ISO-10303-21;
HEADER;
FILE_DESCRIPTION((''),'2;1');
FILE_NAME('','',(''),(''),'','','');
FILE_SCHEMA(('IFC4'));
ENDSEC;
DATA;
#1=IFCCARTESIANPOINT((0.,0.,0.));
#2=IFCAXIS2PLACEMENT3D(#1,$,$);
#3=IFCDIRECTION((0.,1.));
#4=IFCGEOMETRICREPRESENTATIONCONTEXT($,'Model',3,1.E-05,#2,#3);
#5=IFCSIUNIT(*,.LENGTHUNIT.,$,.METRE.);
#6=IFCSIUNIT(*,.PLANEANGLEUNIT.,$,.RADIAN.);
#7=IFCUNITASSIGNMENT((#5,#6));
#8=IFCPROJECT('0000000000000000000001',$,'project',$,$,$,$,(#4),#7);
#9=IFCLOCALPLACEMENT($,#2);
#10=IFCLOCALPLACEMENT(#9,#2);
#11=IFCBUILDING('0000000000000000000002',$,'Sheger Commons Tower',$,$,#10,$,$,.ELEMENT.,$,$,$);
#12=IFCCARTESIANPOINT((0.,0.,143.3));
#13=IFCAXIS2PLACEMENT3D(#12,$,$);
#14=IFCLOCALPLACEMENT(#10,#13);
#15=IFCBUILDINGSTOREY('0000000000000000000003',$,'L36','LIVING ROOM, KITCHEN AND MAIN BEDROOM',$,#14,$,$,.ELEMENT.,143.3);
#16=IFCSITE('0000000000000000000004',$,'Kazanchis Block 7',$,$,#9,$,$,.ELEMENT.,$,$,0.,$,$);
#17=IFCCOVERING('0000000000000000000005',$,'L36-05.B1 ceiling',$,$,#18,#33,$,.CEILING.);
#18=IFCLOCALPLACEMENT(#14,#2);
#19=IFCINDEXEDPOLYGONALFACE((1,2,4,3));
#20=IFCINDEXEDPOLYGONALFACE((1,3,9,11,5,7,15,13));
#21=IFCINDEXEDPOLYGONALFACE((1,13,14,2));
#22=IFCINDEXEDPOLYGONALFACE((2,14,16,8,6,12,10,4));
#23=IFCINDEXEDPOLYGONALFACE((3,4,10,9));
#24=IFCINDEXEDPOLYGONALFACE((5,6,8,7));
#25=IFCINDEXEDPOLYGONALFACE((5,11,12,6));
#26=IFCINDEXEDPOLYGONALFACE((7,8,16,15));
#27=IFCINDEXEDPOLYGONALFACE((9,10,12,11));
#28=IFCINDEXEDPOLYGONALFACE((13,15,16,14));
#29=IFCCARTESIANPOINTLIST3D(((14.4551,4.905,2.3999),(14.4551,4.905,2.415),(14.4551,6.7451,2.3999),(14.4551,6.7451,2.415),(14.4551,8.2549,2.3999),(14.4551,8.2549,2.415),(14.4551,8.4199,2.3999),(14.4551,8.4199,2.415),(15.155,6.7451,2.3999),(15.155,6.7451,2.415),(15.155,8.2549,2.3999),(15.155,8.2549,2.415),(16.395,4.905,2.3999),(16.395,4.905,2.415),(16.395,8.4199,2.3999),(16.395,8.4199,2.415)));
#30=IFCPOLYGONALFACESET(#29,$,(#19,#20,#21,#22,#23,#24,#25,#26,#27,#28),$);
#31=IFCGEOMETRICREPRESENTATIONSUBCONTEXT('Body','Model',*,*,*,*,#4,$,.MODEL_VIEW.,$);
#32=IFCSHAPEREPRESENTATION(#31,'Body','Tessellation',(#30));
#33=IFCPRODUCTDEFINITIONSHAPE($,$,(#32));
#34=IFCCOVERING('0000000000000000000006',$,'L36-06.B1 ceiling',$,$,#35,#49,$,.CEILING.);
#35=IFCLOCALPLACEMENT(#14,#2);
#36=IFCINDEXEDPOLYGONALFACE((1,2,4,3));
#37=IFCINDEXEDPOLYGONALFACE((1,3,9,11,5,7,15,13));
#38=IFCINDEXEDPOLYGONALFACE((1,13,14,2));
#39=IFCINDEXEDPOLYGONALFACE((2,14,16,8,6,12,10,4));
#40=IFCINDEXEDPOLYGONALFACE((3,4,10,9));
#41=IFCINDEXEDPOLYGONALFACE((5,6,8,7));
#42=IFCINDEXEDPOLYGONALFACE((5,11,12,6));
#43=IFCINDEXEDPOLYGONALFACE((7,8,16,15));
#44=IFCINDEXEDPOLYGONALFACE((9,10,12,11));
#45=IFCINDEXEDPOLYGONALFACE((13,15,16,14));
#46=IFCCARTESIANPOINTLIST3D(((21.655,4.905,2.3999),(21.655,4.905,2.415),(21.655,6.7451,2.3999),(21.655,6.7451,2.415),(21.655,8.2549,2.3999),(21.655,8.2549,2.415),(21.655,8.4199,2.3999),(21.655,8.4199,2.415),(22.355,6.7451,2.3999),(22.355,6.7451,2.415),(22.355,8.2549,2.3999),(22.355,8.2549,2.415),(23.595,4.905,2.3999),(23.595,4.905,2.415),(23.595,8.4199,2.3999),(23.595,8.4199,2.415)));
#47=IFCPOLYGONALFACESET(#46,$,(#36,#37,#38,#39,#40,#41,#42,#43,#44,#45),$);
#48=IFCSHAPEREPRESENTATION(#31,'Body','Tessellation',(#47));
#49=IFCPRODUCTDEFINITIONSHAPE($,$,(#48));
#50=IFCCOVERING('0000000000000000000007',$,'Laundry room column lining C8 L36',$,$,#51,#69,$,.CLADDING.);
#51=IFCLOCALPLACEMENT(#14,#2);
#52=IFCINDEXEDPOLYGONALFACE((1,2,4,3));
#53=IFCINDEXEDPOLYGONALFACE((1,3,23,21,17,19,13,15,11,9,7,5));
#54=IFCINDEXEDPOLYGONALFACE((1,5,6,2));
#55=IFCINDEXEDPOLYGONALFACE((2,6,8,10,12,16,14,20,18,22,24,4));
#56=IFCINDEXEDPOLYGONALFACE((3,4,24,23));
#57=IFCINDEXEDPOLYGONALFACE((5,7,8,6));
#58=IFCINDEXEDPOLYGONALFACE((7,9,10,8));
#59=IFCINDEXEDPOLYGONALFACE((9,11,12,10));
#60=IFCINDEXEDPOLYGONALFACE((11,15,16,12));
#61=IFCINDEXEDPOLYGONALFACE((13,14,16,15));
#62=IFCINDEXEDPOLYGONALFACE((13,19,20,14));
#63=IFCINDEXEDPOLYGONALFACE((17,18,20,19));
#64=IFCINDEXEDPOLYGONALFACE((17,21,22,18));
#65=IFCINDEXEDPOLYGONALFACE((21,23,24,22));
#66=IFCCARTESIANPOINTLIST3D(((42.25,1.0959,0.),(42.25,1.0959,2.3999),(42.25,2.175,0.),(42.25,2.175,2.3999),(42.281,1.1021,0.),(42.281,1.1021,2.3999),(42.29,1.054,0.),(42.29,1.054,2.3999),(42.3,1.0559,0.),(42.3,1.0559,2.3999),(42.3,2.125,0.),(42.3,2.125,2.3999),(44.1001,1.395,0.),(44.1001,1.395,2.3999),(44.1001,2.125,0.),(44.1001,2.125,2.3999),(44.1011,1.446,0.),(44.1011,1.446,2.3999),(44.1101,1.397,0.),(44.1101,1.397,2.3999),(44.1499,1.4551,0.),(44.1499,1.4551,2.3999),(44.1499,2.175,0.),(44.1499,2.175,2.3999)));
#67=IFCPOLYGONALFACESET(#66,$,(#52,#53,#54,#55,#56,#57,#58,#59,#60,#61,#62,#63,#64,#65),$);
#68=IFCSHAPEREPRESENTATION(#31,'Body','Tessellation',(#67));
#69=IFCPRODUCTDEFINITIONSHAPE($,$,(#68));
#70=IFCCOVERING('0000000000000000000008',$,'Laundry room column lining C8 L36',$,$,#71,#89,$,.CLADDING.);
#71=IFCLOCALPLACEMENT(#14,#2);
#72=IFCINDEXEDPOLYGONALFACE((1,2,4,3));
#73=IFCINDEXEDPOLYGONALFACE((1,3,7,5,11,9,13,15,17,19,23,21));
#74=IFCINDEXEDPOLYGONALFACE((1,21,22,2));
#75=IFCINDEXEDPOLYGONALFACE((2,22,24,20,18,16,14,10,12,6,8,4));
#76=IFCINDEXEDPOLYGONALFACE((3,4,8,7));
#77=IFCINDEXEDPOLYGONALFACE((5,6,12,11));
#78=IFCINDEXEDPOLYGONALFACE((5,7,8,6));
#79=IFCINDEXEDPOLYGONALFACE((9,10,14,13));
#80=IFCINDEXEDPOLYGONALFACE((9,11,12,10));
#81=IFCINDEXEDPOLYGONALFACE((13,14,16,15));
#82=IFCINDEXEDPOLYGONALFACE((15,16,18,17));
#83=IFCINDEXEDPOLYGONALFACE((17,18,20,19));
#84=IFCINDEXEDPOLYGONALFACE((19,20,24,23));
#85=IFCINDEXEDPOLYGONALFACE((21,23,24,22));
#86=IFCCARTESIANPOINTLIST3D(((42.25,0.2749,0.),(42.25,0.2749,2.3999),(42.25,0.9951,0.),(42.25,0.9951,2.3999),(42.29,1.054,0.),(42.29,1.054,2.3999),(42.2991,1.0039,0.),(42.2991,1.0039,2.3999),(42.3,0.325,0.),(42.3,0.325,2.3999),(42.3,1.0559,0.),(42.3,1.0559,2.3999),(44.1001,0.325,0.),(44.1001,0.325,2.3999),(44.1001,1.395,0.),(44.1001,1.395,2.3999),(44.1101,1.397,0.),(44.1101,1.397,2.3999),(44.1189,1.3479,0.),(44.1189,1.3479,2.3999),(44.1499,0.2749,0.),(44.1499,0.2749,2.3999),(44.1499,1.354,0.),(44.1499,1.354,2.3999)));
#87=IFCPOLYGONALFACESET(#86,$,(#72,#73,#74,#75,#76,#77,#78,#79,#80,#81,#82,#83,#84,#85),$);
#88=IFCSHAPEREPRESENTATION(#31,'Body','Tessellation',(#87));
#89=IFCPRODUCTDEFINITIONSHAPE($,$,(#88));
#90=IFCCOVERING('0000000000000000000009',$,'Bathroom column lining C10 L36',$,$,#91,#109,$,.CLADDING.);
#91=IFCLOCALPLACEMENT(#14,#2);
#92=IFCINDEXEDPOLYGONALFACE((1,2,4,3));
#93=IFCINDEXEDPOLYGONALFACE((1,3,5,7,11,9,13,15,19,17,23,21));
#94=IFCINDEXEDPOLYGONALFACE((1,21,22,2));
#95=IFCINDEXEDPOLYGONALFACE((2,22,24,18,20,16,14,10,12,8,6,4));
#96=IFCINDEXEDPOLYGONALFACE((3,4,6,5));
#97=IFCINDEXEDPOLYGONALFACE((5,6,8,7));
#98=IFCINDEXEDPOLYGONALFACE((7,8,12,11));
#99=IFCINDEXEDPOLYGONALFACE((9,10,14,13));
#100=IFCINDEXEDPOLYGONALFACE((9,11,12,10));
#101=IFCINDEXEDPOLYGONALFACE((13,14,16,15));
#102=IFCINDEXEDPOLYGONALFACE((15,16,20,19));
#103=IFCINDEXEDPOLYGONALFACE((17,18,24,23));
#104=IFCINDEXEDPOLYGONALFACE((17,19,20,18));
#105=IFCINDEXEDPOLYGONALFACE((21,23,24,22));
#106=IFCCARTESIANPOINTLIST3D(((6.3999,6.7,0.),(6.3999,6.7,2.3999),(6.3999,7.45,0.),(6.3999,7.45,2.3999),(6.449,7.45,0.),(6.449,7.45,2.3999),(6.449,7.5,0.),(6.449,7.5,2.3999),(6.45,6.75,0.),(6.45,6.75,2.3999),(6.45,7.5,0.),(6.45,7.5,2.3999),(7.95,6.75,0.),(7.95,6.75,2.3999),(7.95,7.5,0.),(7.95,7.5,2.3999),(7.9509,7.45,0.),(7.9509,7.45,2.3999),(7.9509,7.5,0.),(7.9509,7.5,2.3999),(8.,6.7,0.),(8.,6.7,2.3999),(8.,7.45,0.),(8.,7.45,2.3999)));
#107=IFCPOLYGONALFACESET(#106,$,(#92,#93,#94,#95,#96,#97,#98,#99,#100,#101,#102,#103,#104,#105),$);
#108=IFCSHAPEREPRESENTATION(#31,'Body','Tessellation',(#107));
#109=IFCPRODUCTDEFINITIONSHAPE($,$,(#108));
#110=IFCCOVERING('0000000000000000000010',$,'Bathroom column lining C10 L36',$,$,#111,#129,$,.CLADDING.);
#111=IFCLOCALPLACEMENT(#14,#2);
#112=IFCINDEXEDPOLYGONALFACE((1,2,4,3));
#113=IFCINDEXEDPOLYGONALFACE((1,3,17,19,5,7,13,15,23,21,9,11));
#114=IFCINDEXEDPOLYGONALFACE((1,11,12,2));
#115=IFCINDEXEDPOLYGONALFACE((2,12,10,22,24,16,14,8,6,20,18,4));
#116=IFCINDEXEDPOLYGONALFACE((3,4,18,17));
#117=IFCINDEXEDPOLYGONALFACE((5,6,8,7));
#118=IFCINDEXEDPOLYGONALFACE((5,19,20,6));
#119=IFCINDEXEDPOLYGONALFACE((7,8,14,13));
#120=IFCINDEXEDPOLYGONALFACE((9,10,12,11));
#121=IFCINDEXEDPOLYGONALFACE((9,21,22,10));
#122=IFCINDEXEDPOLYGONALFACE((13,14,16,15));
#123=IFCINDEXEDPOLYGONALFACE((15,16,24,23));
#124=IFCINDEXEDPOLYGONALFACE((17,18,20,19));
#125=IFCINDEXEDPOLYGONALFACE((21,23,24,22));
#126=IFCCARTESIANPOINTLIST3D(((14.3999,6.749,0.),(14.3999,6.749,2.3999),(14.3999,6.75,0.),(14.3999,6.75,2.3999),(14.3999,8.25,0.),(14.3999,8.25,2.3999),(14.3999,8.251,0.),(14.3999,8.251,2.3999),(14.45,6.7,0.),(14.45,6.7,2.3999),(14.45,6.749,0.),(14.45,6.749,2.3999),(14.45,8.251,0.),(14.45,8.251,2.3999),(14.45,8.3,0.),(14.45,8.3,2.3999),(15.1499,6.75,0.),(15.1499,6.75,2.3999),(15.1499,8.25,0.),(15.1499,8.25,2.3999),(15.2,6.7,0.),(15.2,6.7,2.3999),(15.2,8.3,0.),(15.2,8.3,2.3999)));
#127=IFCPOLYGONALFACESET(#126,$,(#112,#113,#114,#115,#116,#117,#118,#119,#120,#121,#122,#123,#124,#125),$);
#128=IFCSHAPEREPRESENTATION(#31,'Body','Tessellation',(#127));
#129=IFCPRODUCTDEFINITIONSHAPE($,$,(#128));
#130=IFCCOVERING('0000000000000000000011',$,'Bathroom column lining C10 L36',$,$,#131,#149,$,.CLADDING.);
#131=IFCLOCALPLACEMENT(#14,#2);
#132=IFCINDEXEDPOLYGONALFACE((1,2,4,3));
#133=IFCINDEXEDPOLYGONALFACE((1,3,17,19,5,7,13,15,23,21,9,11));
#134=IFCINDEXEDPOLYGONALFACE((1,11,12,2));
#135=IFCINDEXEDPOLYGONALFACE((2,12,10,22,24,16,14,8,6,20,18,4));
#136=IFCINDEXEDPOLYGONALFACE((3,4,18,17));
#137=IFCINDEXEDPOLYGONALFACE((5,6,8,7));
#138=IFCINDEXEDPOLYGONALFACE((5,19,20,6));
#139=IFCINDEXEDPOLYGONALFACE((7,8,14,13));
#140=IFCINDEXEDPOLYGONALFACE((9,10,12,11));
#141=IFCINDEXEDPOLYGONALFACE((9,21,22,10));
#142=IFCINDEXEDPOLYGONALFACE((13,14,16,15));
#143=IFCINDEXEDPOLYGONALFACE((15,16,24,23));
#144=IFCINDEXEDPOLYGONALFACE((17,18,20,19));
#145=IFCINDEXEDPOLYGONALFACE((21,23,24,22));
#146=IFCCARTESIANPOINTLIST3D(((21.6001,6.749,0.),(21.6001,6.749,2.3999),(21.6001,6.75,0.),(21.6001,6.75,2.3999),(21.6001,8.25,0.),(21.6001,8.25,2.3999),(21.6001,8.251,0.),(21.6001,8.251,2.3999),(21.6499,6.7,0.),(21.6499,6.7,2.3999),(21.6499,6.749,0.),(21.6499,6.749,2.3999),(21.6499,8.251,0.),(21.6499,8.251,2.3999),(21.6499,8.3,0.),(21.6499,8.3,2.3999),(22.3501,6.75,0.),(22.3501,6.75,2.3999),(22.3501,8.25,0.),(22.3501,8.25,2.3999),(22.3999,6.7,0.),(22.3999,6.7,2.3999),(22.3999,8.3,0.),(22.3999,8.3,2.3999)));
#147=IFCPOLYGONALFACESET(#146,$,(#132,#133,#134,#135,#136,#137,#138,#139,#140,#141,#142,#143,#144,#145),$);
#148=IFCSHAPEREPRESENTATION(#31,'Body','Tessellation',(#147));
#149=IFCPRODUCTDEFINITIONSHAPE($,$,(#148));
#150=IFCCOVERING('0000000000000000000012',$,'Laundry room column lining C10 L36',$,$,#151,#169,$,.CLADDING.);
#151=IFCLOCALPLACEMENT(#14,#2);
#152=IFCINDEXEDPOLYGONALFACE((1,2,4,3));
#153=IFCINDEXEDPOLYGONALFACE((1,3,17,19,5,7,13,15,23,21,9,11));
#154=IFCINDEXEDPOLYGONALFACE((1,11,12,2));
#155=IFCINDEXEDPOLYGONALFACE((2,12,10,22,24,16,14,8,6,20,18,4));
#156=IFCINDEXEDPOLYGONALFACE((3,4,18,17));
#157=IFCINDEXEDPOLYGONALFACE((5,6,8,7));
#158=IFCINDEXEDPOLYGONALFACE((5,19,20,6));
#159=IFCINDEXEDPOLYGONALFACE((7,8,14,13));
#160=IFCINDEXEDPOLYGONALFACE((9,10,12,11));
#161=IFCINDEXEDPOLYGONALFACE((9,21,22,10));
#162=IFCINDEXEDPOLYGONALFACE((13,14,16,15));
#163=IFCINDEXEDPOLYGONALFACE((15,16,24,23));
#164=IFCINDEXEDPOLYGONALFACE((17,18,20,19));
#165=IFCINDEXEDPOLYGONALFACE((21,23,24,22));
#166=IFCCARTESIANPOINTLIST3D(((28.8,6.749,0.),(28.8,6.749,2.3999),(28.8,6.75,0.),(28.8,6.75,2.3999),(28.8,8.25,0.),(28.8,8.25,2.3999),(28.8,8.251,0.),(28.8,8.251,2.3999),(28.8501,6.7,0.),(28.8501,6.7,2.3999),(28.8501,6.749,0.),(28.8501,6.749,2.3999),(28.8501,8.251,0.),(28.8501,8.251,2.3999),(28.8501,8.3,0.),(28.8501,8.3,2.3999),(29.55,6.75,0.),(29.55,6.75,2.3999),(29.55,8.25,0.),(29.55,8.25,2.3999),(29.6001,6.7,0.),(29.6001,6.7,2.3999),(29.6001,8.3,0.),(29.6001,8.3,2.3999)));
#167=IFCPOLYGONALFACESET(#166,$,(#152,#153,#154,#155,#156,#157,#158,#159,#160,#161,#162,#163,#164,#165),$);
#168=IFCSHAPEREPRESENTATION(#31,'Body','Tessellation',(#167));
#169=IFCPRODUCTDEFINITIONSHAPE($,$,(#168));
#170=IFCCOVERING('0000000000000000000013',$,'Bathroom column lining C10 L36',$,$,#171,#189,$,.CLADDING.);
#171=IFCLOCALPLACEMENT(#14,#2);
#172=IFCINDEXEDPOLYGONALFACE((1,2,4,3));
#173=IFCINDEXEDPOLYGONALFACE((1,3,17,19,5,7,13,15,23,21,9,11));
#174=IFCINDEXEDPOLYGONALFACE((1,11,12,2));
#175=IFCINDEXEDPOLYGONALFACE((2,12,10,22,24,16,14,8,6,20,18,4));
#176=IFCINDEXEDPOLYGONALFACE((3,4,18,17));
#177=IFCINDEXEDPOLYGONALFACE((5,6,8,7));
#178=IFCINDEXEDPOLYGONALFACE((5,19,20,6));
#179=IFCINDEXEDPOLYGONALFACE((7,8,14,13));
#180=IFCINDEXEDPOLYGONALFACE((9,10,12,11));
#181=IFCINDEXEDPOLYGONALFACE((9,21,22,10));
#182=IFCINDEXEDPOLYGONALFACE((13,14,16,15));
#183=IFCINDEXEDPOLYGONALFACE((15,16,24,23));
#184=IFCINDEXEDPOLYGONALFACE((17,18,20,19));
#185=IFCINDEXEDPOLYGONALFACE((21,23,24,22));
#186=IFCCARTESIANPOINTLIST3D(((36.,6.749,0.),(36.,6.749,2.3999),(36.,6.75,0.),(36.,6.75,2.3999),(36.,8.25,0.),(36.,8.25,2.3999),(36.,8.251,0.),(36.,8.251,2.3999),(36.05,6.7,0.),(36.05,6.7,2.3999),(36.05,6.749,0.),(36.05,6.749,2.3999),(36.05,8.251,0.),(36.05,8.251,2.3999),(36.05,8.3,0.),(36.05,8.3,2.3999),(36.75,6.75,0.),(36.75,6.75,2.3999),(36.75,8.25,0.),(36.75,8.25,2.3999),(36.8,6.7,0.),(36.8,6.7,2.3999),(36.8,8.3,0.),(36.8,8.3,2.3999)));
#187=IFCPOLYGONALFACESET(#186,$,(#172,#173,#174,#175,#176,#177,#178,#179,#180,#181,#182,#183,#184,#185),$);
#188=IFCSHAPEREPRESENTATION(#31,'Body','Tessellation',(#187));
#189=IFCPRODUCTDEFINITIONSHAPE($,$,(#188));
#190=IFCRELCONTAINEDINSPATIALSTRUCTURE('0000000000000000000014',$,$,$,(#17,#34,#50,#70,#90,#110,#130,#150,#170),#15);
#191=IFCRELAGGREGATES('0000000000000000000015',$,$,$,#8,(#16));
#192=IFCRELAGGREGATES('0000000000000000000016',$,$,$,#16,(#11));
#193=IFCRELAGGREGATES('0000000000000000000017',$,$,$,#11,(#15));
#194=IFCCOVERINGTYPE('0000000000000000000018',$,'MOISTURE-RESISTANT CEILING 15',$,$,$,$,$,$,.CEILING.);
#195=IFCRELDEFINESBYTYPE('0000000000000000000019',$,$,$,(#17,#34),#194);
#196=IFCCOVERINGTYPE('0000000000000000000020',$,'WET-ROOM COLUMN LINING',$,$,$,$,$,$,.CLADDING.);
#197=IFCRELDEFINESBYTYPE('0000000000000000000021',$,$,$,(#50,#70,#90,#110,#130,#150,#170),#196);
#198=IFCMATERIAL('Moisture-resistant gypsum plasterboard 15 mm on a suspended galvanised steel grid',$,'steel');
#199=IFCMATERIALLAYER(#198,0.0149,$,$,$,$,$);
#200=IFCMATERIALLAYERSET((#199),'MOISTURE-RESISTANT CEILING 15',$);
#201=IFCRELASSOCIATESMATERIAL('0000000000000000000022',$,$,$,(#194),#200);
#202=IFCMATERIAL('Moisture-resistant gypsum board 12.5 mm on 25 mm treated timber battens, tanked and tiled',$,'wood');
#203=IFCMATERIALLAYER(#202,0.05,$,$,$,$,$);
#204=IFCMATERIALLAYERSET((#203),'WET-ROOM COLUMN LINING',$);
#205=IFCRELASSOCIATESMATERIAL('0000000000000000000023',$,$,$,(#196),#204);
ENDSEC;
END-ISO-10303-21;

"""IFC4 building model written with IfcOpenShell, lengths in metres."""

from ifc_helpers import new_model, si_unit, direction, frame, origin, place, context, subcontext, project, spatial, polyline, outline, extrude, material, layer, layer_set, type_object, element, save


model = new_model("IFC4")

# Units and contexts
model_context = context("Model", 3, precision=1e-05, world=origin(), true_north=direction((0.0, 1.0)))
body_context = subcontext(model_context, "Body", "Model", "MODEL_VIEW")
ifc_project = project(units=[si_unit("LENGTHUNIT", "METRE"), si_unit("PLANEANGLEUNIT", "RADIAN")], contexts=[model_context])

# Site, building, storey
site_placement = place(None, origin())
site = spatial("IfcSite", under=ifc_project, at=site_placement, Name="Kazanchis Block 7", CompositionType="ELEMENT", RefElevation=0.0)
building_placement = place(site_placement, origin())
building = spatial("IfcBuilding", under=site, at=building_placement, Name="Sheger Commons Tower", CompositionType="ELEMENT")
storey_placement = place(building_placement, frame((0.0, 0.0, 143.3)))
storey = spatial("IfcBuildingStorey", under=building, at=storey_placement, Name="L36", Description="LIVING ROOM, KITCHEN AND MAIN BEDROOM", CompositionType="ELEMENT", Elevation=143.3)

# Coverings
ifc_material_1 = material(Name="Moisture-resistant gypsum plasterboard 15 mm on a suspended galvanised steel grid", Category="steel")
ifc_layer_1 = layer(ifc_material_1, 0.0149)
ifc_layer_set_1 = layer_set([ifc_layer_1], Name="MOISTURE-RESISTANT CEILING 15")
covering_type_1 = type_object("IfcCoveringType", Name="MOISTURE-RESISTANT CEILING 15", PredefinedType="CEILING", material=ifc_layer_set_1)
covering_1_placement = place(storey_placement, frame((0.0, 0.0, 2.3999)))
element("IfcCovering", 1, at=covering_1_placement, inside=storey, type_object=covering_type_1, Name="L36-05.B1 ceiling", PredefinedType="CEILING", context=body_context, shape_type="SweptSolid", body=[
    extrude(outline(polyline([(14.4551, 4.905), (16.395, 4.905), (16.395, 8.4199), (14.4551, 8.4199), (14.4551, 8.2549), (15.155, 8.2549), (15.155, 6.7451), (14.4551, 6.7451), (14.4551, 4.905)])), origin(), (0.0, 0.0, 1.0), 0.0151),
])
covering_2_placement = place(storey_placement, frame((0.0, 0.0, 2.3999)))
element("IfcCovering", 2, at=covering_2_placement, inside=storey, type_object=covering_type_1, Name="L36-06.B1 ceiling", PredefinedType="CEILING", context=body_context, shape_type="SweptSolid", body=[
    extrude(outline(polyline([(21.655, 4.905), (23.595, 4.905), (23.595, 8.4199), (21.655, 8.4199), (21.655, 8.2549), (22.355, 8.2549), (22.355, 6.7451), (21.655, 6.7451), (21.655, 4.905)])), origin(), (0.0, 0.0, 1.0), 0.0151),
])
ifc_material_2 = material(Name="Moisture-resistant gypsum board 12.5 mm on 25 mm treated timber battens, tanked and tiled", Category="wood")
ifc_layer_2 = layer(ifc_material_2, 0.05)
ifc_layer_set_2 = layer_set([ifc_layer_2], Name="WET-ROOM COLUMN LINING")
covering_type_2 = type_object("IfcCoveringType", Name="WET-ROOM COLUMN LINING", PredefinedType="CLADDING", material=ifc_layer_set_2)
covering_3_placement = place(storey_placement, origin())
element("IfcCovering", 3, at=covering_3_placement, inside=storey, type_object=covering_type_2, Name="Laundry room column lining C8 L36", PredefinedType="CLADDING", context=body_context, shape_type="SweptSolid", body=[
    extrude(outline(polyline([(44.1499, 2.175), (44.1499, 1.4551), (44.1011, 1.446), (44.1101, 1.397), (44.1001, 1.395), (44.1001, 2.125), (42.3, 2.125), (42.3, 1.0559), (42.29, 1.054), (42.281, 1.1021), (42.25, 1.0959), (42.25, 2.175), (44.1499, 2.175)])), origin(), (0.0, 0.0, 1.0), 2.3999),
])
covering_4_placement = place(storey_placement, origin())
element("IfcCovering", 4, at=covering_4_placement, inside=storey, type_object=covering_type_2, Name="Laundry room column lining C8 L36", PredefinedType="CLADDING", context=body_context, shape_type="SweptSolid", body=[
    extrude(outline(polyline([(42.3, 1.0559), (42.3, 0.325), (44.1001, 0.325), (44.1001, 1.395), (44.1101, 1.397), (44.1189, 1.3479), (44.1499, 1.354), (44.1499, 0.2749), (42.25, 0.2749), (42.25, 0.9951), (42.2991, 1.0039), (42.29, 1.054), (42.3, 1.0559)])), origin(), (0.0, 0.0, 1.0), 2.3999),
])
covering_5_placement = place(storey_placement, origin())
element("IfcCovering", 5, at=covering_5_placement, inside=storey, type_object=covering_type_2, Name="Bathroom column lining C10 L36", PredefinedType="CLADDING", context=body_context, shape_type="SweptSolid", body=[
    extrude(outline(polyline([(6.45, 7.5), (6.45, 6.75), (7.95, 6.75), (7.95, 7.5), (7.9509, 7.5), (7.9509, 7.45), (8.0, 7.45), (8.0, 6.7), (6.3999, 6.7), (6.3999, 7.45), (6.449, 7.45), (6.449, 7.5), (6.45, 7.5)])), origin(), (0.0, 0.0, 1.0), 2.3999),
])
covering_6_placement = place(storey_placement, origin())
element("IfcCovering", 6, at=covering_6_placement, inside=storey, type_object=covering_type_2, Name="Bathroom column lining C10 L36", PredefinedType="CLADDING", context=body_context, shape_type="SweptSolid", body=[
    extrude(outline(polyline([(15.2, 6.7), (14.45, 6.7), (14.45, 6.749), (14.3999, 6.749), (14.3999, 6.75), (15.1499, 6.75), (15.1499, 8.25), (14.3999, 8.25), (14.3999, 8.251), (14.45, 8.251), (14.45, 8.3), (15.2, 8.3), (15.2, 6.7)])), origin(), (0.0, 0.0, 1.0), 2.3999),
])
covering_7_placement = place(storey_placement, origin())
element("IfcCovering", 7, at=covering_7_placement, inside=storey, type_object=covering_type_2, Name="Bathroom column lining C10 L36", PredefinedType="CLADDING", context=body_context, shape_type="SweptSolid", body=[
    extrude(outline(polyline([(22.3999, 6.7), (21.6499, 6.7), (21.6499, 6.749), (21.6001, 6.749), (21.6001, 6.75), (22.3501, 6.75), (22.3501, 8.25), (21.6001, 8.25), (21.6001, 8.251), (21.6499, 8.251), (21.6499, 8.3), (22.3999, 8.3), (22.3999, 6.7)])), origin(), (0.0, 0.0, 1.0), 2.3999),
])
covering_8_placement = place(storey_placement, origin())
element("IfcCovering", 8, at=covering_8_placement, inside=storey, type_object=covering_type_2, Name="Laundry room column lining C10 L36", PredefinedType="CLADDING", context=body_context, shape_type="SweptSolid", body=[
    extrude(outline(polyline([(29.6001, 6.7), (28.8501, 6.7), (28.8501, 6.749), (28.8, 6.749), (28.8, 6.75), (29.55, 6.75), (29.55, 8.25), (28.8, 8.25), (28.8, 8.251), (28.8501, 8.251), (28.8501, 8.3), (29.6001, 8.3), (29.6001, 6.7)])), origin(), (0.0, 0.0, 1.0), 2.3999),
])
covering_9_placement = place(storey_placement, origin())
element("IfcCovering", 9, at=covering_9_placement, inside=storey, type_object=covering_type_2, Name="Bathroom column lining C10 L36", PredefinedType="CLADDING", context=body_context, shape_type="SweptSolid", body=[
    extrude(outline(polyline([(36.8, 6.7), (36.05, 6.7), (36.05, 6.749), (36.0, 6.749), (36.0, 6.75), (36.75, 6.75), (36.75, 8.25), (36.0, 8.25), (36.0, 8.251), (36.05, 8.251), (36.05, 8.3), (36.8, 8.3), (36.8, 6.7)])), origin(), (0.0, 0.0, 1.0), 2.3999),
])

save(model, "model.ifc")
